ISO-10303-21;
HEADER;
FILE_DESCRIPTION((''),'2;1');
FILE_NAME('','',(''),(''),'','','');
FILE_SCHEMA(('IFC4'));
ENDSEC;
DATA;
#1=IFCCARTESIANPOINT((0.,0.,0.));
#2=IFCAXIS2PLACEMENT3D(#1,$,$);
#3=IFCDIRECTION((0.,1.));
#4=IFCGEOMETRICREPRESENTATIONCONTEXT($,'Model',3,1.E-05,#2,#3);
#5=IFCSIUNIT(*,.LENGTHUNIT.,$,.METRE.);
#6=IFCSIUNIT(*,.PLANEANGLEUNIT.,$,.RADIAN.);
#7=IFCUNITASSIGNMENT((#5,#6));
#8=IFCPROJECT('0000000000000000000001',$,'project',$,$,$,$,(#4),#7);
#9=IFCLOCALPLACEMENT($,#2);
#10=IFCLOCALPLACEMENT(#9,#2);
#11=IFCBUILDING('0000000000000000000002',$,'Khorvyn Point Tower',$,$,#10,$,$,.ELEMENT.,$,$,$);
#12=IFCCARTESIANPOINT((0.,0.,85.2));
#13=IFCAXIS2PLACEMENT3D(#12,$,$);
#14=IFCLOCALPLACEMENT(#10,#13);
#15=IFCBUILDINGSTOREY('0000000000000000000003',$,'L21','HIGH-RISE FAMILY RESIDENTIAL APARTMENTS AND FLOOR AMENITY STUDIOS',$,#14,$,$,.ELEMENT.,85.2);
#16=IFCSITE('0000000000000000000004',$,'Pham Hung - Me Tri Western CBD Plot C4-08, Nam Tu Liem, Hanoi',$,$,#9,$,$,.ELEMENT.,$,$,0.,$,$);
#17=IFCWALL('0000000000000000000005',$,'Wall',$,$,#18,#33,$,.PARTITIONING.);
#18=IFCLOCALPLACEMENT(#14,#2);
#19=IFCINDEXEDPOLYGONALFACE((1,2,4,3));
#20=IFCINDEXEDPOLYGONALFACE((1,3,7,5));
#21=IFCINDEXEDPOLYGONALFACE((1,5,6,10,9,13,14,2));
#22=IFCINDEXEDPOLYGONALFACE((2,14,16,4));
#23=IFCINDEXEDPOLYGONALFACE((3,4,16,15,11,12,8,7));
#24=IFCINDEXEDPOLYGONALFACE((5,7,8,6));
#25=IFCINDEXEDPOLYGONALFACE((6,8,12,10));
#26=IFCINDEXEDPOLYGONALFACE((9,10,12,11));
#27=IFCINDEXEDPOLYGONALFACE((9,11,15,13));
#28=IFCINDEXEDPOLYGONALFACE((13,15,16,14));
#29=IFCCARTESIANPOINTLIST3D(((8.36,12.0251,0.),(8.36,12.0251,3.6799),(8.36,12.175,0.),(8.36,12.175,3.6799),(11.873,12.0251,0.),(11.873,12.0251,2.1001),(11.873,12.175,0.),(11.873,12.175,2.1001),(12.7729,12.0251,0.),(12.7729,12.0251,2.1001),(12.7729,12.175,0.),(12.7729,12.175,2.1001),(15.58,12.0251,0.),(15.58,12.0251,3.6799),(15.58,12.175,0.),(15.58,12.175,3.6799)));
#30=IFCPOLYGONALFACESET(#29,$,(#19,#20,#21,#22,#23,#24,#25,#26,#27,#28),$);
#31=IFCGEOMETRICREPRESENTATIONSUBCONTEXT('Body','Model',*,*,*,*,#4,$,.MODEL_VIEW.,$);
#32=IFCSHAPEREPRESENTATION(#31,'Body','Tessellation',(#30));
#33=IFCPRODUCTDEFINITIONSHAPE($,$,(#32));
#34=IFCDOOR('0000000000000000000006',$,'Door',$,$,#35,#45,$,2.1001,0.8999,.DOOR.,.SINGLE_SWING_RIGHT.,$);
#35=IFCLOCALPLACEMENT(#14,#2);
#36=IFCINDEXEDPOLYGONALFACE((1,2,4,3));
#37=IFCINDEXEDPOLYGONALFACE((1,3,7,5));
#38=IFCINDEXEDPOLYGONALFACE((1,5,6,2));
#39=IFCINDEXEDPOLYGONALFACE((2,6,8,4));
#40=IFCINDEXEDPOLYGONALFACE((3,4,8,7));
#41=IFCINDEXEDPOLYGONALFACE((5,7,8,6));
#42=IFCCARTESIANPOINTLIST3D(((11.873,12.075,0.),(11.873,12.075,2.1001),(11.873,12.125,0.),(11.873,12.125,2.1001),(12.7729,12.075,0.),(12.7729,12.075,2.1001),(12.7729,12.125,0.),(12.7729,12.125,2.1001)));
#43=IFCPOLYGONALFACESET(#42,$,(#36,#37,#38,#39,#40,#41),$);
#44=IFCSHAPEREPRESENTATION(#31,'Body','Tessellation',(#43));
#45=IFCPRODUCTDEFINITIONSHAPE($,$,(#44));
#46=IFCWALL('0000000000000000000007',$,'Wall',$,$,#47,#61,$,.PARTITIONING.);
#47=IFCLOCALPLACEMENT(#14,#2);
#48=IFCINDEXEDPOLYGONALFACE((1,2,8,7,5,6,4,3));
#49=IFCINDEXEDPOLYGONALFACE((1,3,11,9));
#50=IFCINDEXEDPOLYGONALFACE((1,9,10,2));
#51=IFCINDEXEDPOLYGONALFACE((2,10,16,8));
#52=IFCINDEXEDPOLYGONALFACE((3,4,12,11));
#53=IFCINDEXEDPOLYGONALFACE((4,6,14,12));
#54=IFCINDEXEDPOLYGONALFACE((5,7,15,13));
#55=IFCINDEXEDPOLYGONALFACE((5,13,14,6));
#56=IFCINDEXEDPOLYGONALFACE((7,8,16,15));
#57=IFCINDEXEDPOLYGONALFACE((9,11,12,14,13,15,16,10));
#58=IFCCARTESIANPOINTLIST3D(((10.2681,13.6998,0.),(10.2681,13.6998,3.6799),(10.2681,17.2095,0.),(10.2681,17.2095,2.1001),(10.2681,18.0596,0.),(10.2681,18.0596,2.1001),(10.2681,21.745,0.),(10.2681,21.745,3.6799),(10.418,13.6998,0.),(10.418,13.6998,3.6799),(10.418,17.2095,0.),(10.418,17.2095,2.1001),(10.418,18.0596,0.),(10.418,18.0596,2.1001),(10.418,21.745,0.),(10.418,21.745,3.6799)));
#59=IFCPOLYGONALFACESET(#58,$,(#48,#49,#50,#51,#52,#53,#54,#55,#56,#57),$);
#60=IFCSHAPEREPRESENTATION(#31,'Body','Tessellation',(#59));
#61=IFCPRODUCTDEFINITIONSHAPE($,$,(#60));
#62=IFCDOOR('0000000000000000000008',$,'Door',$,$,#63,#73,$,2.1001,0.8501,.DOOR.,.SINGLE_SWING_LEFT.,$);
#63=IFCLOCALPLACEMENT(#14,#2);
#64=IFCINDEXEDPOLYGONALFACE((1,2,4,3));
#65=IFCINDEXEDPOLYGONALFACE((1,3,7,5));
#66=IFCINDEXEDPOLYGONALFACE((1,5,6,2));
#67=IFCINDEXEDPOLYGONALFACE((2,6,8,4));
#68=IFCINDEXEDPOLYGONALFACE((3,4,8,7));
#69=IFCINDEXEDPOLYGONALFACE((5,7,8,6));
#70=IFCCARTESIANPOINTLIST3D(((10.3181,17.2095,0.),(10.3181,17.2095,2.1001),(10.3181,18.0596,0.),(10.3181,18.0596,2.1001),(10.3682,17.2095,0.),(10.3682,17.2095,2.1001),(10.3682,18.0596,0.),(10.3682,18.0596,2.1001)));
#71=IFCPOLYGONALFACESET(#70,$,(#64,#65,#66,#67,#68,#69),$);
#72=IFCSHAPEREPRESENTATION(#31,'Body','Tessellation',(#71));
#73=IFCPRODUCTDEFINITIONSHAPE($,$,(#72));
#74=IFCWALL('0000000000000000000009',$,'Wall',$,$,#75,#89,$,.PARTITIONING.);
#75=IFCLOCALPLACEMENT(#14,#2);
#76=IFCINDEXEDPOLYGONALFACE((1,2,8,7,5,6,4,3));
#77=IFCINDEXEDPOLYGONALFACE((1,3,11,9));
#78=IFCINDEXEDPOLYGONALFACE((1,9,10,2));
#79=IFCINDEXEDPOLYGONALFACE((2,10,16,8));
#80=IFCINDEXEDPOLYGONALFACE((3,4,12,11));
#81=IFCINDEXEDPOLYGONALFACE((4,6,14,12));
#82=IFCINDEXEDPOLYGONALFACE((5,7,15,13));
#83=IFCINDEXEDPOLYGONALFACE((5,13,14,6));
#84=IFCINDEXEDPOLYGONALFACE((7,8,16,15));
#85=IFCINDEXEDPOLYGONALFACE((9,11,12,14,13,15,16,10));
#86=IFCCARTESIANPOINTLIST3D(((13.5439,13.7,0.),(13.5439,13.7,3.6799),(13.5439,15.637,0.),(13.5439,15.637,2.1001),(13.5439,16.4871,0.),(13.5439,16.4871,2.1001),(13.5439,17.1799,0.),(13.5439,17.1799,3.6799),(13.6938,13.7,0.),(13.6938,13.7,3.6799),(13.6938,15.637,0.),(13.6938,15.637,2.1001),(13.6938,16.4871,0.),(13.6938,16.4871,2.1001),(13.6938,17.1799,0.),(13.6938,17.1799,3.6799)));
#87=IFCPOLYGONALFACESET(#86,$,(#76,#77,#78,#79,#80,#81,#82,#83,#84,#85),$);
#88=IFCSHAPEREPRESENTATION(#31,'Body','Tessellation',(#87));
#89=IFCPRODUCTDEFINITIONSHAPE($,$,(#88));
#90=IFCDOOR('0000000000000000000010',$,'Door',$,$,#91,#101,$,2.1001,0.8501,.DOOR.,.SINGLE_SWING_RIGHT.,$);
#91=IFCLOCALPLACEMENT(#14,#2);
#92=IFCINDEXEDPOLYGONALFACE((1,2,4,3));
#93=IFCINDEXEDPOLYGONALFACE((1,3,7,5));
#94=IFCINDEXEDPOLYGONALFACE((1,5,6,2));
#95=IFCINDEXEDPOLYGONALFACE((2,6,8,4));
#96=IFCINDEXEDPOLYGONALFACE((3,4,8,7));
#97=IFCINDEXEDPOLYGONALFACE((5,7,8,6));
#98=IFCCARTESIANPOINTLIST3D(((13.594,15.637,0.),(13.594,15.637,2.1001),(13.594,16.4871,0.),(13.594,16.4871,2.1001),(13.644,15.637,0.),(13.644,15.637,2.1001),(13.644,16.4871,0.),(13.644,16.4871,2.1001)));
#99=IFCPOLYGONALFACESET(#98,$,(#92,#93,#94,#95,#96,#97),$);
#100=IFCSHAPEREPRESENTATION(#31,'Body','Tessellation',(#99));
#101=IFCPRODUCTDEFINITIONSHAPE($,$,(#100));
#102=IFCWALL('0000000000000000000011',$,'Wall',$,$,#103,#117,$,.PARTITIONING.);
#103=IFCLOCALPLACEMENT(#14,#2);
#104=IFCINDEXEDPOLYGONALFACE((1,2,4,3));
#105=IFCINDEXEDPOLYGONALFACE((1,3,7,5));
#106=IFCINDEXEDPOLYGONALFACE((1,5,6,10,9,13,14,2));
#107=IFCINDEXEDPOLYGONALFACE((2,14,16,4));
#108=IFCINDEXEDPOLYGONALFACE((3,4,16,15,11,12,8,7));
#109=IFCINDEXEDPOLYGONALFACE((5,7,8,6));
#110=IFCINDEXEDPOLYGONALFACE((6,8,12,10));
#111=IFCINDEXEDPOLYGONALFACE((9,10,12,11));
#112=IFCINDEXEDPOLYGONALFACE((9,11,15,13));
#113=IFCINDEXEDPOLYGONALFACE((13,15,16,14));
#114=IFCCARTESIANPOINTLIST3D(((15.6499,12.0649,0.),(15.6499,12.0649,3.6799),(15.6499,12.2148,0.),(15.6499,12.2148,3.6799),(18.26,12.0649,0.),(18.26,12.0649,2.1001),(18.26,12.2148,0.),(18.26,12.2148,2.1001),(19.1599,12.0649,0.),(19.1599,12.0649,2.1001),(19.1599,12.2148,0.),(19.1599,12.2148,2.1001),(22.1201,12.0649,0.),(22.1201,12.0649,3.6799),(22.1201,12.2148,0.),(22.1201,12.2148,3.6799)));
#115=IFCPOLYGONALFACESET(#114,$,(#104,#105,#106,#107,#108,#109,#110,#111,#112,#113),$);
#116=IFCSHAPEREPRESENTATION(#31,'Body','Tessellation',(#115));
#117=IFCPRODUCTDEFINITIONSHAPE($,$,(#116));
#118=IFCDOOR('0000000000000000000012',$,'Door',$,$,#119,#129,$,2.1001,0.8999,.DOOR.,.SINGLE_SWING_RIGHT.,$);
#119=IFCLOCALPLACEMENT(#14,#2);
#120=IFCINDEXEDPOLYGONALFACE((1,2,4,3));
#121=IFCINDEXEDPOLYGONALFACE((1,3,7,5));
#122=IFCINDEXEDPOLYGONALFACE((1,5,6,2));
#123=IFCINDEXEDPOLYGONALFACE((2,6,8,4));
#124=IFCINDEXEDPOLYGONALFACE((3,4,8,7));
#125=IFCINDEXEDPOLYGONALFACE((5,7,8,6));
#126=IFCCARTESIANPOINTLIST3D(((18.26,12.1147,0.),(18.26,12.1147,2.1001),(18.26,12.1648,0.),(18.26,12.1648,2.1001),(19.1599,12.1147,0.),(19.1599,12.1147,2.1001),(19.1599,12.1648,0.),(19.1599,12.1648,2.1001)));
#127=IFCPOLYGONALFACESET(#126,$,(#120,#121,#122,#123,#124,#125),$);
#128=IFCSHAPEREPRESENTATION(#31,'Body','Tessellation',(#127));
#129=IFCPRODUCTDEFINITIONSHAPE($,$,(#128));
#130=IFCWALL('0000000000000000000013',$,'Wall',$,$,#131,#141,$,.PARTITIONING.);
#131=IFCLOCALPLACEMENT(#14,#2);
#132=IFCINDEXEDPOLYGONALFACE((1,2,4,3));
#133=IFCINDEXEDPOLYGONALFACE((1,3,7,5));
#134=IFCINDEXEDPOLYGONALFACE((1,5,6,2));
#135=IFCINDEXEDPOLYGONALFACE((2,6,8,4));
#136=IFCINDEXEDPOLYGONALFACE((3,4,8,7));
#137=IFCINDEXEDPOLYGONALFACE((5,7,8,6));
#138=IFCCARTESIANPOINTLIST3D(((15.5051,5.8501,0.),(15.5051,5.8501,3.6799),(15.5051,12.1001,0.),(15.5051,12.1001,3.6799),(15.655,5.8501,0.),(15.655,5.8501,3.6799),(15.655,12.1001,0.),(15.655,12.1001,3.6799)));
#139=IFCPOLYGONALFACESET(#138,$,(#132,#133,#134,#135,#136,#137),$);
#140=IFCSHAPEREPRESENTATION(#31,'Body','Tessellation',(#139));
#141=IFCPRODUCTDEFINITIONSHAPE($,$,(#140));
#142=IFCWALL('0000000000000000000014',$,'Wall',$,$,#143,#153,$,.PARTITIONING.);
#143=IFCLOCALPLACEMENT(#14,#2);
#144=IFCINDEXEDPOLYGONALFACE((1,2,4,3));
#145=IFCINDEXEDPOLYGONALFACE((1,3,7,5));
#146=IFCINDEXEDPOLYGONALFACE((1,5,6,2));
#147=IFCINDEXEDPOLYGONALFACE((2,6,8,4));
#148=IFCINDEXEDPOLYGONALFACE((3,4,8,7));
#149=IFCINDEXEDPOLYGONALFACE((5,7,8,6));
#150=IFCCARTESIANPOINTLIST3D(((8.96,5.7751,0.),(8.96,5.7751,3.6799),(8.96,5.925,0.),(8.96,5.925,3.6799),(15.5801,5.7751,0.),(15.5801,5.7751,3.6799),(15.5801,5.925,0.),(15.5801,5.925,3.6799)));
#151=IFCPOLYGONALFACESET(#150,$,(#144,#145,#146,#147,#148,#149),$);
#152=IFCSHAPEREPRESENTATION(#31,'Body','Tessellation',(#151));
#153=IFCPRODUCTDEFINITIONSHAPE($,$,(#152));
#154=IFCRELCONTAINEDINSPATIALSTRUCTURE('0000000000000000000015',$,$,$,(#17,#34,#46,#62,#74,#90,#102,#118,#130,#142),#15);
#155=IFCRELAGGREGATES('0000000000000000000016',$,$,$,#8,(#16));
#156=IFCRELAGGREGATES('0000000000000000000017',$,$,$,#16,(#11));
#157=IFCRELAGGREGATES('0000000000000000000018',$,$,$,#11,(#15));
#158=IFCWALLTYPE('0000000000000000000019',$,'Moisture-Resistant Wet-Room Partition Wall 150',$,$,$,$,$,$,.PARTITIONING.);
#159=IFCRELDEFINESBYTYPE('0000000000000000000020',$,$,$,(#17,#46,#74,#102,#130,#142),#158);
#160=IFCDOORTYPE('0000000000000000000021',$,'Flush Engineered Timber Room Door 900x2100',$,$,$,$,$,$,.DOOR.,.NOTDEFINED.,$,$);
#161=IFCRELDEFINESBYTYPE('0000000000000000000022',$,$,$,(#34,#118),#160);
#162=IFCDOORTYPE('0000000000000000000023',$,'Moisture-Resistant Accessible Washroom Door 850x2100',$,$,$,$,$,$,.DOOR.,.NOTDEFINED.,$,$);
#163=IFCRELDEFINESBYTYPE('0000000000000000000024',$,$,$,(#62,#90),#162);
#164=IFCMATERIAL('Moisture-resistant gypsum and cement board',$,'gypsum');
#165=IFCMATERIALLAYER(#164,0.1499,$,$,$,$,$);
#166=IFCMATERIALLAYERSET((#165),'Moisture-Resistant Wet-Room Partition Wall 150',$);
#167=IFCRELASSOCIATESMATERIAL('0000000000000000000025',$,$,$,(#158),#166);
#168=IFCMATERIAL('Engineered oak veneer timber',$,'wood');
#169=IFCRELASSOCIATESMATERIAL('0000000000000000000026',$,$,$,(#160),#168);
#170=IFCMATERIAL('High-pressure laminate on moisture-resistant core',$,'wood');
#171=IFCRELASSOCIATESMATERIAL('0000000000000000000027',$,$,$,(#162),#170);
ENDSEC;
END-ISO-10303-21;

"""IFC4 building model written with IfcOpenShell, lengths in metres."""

from ifc_helpers import new_model, si_unit, direction, frame, frame_2d, origin, place, context, subcontext, project, spatial, rectangle, extrude, material, layer, layer_set, type_object, element, fill, save


model = new_model("IFC4")

# Units and contexts
model_context = context("Model", 3, precision=1e-05, world=origin(), true_north=direction((0.0, 1.0)))
body_context = subcontext(model_context, "Body", "Model", "MODEL_VIEW")
ifc_project = project(units=[si_unit("LENGTHUNIT", "METRE"), si_unit("PLANEANGLEUNIT", "RADIAN")], contexts=[model_context])

# Site, building, storey
site_placement = place(None, origin())
site = spatial("IfcSite", under=ifc_project, at=site_placement, Name="Pham Hung - Me Tri Western CBD Plot C4-08, Nam Tu Liem, Hanoi", CompositionType="ELEMENT", RefElevation=0.0)
building_placement = place(site_placement, origin())
building = spatial("IfcBuilding", under=site, at=building_placement, Name="Khorvyn Point Tower", CompositionType="ELEMENT")
storey_placement = place(building_placement, frame((0.0, 0.0, 85.2)))
storey = spatial("IfcBuildingStorey", under=building, at=storey_placement, Name="L21", Description="HIGH-RISE FAMILY RESIDENTIAL APARTMENTS AND FLOOR AMENITY STUDIOS", CompositionType="ELEMENT", Elevation=85.2)

# Walls, openings, doors
ifc_material_1 = material(Name="Moisture-resistant gypsum and cement board", Category="gypsum")
ifc_layer_1 = layer(ifc_material_1, 0.1499)
ifc_layer_set_1 = layer_set([ifc_layer_1], Name="Moisture-Resistant Wet-Room Partition Wall 150")
wall_type_1 = type_object("IfcWallType", Name="Moisture-Resistant Wet-Room Partition Wall 150", PredefinedType="PARTITIONING", material=ifc_layer_set_1)
wall_1_placement = place(storey_placement, frame((8.3601, 12.1001, 0.0), z_axis=(0.0, 0.0, 1.0), x_axis=(1.0, 0.0, 0.0)))
wall_1 = element("IfcWall", 1, at=wall_1_placement, inside=storey, type_object=wall_type_1, Name="Wall", PredefinedType="PARTITIONING", context=body_context, shape_type="SweptSolid", body=[
    extrude(rectangle(XDim=7.22, YDim=0.1499, at=frame_2d((3.6099, 0.0))), origin(), (0.0, 0.0, 1.0), 3.6799),
])
opening_1_placement = place(wall_1_placement, frame((3.5129, 0.0, 0.0)))
opening_1 = element("IfcOpeningElement", 2, at=opening_1_placement, cuts=wall_1, PredefinedType="OPENING", context=body_context, shape_type="SweptSolid", body=[
    extrude(rectangle(XDim=0.8999, YDim=2.1001, at=frame_2d((0.45, 1.05))), frame((0.0, 0.085, 0.0), z_axis=(0.0, -1.0, 0.0), x_axis=(1.0, 0.0, 0.0)), (0.0, 0.0, 1.0), 0.1699),
])
ifc_material_2 = material(Name="Engineered oak veneer timber", Category="wood")
door_type_1 = type_object("IfcDoorType", Name="Flush Engineered Timber Room Door 900x2100", OperationType="NOTDEFINED", PredefinedType="DOOR", material=ifc_material_2)
door_1_placement = place(opening_1_placement, origin())
door_1 = element("IfcDoor", 3, at=door_1_placement, inside=storey, type_object=door_type_1, Name="Door", OperationType="SINGLE_SWING_RIGHT", OverallHeight=2.1001, OverallWidth=0.8999, PredefinedType="DOOR", context=body_context, shape_type="SweptSolid", body=[
    extrude(rectangle(XDim=0.8999, YDim=2.1001, at=frame_2d((0.45, 1.05))), frame((0.0, 0.0249, 0.0), z_axis=(0.0, -1.0, 0.0), x_axis=(1.0, 0.0, 0.0)), (0.0, 0.0, 1.0), 0.05),
])
fill(opening_1, door_1)
wall_2_placement = place(storey_placement, frame((10.343, 13.7, 0.0), z_axis=(0.0, 0.0, 1.0), x_axis=(0.0, 1.0, 0.0)))
wall_2 = element("IfcWall", 4, at=wall_2_placement, inside=storey, type_object=wall_type_1, Name="Wall", PredefinedType="PARTITIONING", context=body_context, shape_type="SweptSolid", body=[
    extrude(rectangle(XDim=8.0452, YDim=0.1499, at=frame_2d((4.0225, 0.0))), origin(), (0.0, 0.0, 1.0), 3.6799),
])
opening_2_placement = place(wall_2_placement, frame((3.5095, 0.0, 0.0)))
opening_2 = element("IfcOpeningElement", 5, at=opening_2_placement, cuts=wall_2, PredefinedType="OPENING", context=body_context, shape_type="SweptSolid", body=[
    extrude(rectangle(XDim=0.8501, YDim=2.1001, at=frame_2d((0.425, 1.05))), frame((0.0, 0.085, 0.0), z_axis=(0.0, -1.0, 0.0), x_axis=(1.0, 0.0, 0.0)), (0.0, 0.0, 1.0), 0.1699),
])
ifc_material_3 = material(Name="High-pressure laminate on moisture-resistant core", Category="wood")
door_type_2 = type_object("IfcDoorType", Name="Moisture-Resistant Accessible Washroom Door 850x2100", OperationType="NOTDEFINED", PredefinedType="DOOR", material=ifc_material_3)
door_2_placement = place(opening_2_placement, origin())
door_2 = element("IfcDoor", 6, at=door_2_placement, inside=storey, type_object=door_type_2, Name="Door", OperationType="SINGLE_SWING_LEFT", OverallHeight=2.1001, OverallWidth=0.8501, PredefinedType="DOOR", context=body_context, shape_type="SweptSolid", body=[
    extrude(rectangle(XDim=0.8501, YDim=2.1001, at=frame_2d((0.425, 1.05))), frame((0.0, 0.0249, 0.0), z_axis=(0.0, -1.0, 0.0), x_axis=(1.0, 0.0, 0.0)), (0.0, 0.0, 1.0), 0.05),
])
fill(opening_2, door_2)
wall_3_placement = place(storey_placement, frame((13.6189, 13.7, 0.0), z_axis=(0.0, 0.0, 1.0), x_axis=(0.0, 1.0, 0.0)))
wall_3 = element("IfcWall", 7, at=wall_3_placement, inside=storey, type_object=wall_type_1, Name="Wall", PredefinedType="PARTITIONING", context=body_context, shape_type="SweptSolid", body=[
    extrude(rectangle(XDim=3.48, YDim=0.1499, at=frame_2d((1.74, 0.0))), origin(), (0.0, 0.0, 1.0), 3.6799),
])
opening_3_placement = place(wall_3_placement, frame((1.937, 0.0, 0.0)))
opening_3 = element("IfcOpeningElement", 8, at=opening_3_placement, cuts=wall_3, PredefinedType="OPENING", context=body_context, shape_type="SweptSolid", body=[
    extrude(rectangle(XDim=0.8501, YDim=2.1001, at=frame_2d((0.425, 1.05))), frame((0.0, 0.085, 0.0), z_axis=(0.0, -1.0, 0.0), x_axis=(1.0, 0.0, 0.0)), (0.0, 0.0, 1.0), 0.1699),
])
door_3_placement = place(opening_3_placement, origin())
door_3 = element("IfcDoor", 9, at=door_3_placement, inside=storey, type_object=door_type_2, Name="Door", OperationType="SINGLE_SWING_RIGHT", OverallHeight=2.1001, OverallWidth=0.8501, PredefinedType="DOOR", context=body_context, shape_type="SweptSolid", body=[
    extrude(rectangle(XDim=0.8501, YDim=2.1001, at=frame_2d((0.425, 1.05))), frame((0.0, 0.0249, 0.0), z_axis=(0.0, -1.0, 0.0), x_axis=(1.0, 0.0, 0.0)), (0.0, 0.0, 1.0), 0.05),
])
fill(opening_3, door_3)
wall_4_placement = place(storey_placement, frame((15.6499, 12.1399, 0.0), z_axis=(0.0, 0.0, 1.0), x_axis=(1.0, 0.0, 0.0)))
wall_4 = element("IfcWall", 10, at=wall_4_placement, inside=storey, type_object=wall_type_1, Name="Wall", PredefinedType="PARTITIONING", context=body_context, shape_type="SweptSolid", body=[
    extrude(rectangle(XDim=6.4702, YDim=0.1499, at=frame_2d((3.2351, 0.0))), origin(), (0.0, 0.0, 1.0), 3.6799),
])
opening_4_placement = place(wall_4_placement, frame((2.6101, 0.0, 0.0)))
opening_4 = element("IfcOpeningElement", 11, at=opening_4_placement, cuts=wall_4, PredefinedType="OPENING", context=body_context, shape_type="SweptSolid", body=[
    extrude(rectangle(XDim=0.8999, YDim=2.1001, at=frame_2d((0.45, 1.05))), frame((0.0, 0.085, 0.0), z_axis=(0.0, -1.0, 0.0), x_axis=(1.0, 0.0, 0.0)), (0.0, 0.0, 1.0), 0.1699),
])
door_4_placement = place(opening_4_placement, origin())
door_4 = element("IfcDoor", 12, at=door_4_placement, inside=storey, type_object=door_type_1, Name="Door", OperationType="SINGLE_SWING_RIGHT", OverallHeight=2.1001, OverallWidth=0.8999, PredefinedType="DOOR", context=body_context, shape_type="SweptSolid", body=[
    extrude(rectangle(XDim=0.8999, YDim=2.1001, at=frame_2d((0.45, 1.05))), frame((0.0, 0.0249, 0.0), z_axis=(0.0, -1.0, 0.0), x_axis=(1.0, 0.0, 0.0)), (0.0, 0.0, 1.0), 0.05),
])
fill(opening_4, door_4)

# Walls
wall_5_placement = place(storey_placement, frame((15.5801, 5.8501, 0.0), z_axis=(0.0, 0.0, 1.0), x_axis=(0.0, 1.0, 0.0)))
element("IfcWall", 13, at=wall_5_placement, inside=storey, type_object=wall_type_1, Name="Wall", PredefinedType="PARTITIONING", context=body_context, shape_type="SweptSolid", body=[
    extrude(rectangle(XDim=6.25, YDim=0.1499, at=frame_2d((3.125, 0.0))), origin(), (0.0, 0.0, 1.0), 3.6799),
])
wall_6_placement = place(storey_placement, frame((8.96, 5.8501, 0.0), z_axis=(0.0, 0.0, 1.0), x_axis=(1.0, 0.0, 0.0)))
element("IfcWall", 14, at=wall_6_placement, inside=storey, type_object=wall_type_1, Name="Wall", PredefinedType="PARTITIONING", context=body_context, shape_type="SweptSolid", body=[
    extrude(rectangle(XDim=6.6201, YDim=0.1499, at=frame_2d((3.3101, 0.0))), origin(), (0.0, 0.0, 1.0), 3.6799),
])

save(model, "model.ifc")
